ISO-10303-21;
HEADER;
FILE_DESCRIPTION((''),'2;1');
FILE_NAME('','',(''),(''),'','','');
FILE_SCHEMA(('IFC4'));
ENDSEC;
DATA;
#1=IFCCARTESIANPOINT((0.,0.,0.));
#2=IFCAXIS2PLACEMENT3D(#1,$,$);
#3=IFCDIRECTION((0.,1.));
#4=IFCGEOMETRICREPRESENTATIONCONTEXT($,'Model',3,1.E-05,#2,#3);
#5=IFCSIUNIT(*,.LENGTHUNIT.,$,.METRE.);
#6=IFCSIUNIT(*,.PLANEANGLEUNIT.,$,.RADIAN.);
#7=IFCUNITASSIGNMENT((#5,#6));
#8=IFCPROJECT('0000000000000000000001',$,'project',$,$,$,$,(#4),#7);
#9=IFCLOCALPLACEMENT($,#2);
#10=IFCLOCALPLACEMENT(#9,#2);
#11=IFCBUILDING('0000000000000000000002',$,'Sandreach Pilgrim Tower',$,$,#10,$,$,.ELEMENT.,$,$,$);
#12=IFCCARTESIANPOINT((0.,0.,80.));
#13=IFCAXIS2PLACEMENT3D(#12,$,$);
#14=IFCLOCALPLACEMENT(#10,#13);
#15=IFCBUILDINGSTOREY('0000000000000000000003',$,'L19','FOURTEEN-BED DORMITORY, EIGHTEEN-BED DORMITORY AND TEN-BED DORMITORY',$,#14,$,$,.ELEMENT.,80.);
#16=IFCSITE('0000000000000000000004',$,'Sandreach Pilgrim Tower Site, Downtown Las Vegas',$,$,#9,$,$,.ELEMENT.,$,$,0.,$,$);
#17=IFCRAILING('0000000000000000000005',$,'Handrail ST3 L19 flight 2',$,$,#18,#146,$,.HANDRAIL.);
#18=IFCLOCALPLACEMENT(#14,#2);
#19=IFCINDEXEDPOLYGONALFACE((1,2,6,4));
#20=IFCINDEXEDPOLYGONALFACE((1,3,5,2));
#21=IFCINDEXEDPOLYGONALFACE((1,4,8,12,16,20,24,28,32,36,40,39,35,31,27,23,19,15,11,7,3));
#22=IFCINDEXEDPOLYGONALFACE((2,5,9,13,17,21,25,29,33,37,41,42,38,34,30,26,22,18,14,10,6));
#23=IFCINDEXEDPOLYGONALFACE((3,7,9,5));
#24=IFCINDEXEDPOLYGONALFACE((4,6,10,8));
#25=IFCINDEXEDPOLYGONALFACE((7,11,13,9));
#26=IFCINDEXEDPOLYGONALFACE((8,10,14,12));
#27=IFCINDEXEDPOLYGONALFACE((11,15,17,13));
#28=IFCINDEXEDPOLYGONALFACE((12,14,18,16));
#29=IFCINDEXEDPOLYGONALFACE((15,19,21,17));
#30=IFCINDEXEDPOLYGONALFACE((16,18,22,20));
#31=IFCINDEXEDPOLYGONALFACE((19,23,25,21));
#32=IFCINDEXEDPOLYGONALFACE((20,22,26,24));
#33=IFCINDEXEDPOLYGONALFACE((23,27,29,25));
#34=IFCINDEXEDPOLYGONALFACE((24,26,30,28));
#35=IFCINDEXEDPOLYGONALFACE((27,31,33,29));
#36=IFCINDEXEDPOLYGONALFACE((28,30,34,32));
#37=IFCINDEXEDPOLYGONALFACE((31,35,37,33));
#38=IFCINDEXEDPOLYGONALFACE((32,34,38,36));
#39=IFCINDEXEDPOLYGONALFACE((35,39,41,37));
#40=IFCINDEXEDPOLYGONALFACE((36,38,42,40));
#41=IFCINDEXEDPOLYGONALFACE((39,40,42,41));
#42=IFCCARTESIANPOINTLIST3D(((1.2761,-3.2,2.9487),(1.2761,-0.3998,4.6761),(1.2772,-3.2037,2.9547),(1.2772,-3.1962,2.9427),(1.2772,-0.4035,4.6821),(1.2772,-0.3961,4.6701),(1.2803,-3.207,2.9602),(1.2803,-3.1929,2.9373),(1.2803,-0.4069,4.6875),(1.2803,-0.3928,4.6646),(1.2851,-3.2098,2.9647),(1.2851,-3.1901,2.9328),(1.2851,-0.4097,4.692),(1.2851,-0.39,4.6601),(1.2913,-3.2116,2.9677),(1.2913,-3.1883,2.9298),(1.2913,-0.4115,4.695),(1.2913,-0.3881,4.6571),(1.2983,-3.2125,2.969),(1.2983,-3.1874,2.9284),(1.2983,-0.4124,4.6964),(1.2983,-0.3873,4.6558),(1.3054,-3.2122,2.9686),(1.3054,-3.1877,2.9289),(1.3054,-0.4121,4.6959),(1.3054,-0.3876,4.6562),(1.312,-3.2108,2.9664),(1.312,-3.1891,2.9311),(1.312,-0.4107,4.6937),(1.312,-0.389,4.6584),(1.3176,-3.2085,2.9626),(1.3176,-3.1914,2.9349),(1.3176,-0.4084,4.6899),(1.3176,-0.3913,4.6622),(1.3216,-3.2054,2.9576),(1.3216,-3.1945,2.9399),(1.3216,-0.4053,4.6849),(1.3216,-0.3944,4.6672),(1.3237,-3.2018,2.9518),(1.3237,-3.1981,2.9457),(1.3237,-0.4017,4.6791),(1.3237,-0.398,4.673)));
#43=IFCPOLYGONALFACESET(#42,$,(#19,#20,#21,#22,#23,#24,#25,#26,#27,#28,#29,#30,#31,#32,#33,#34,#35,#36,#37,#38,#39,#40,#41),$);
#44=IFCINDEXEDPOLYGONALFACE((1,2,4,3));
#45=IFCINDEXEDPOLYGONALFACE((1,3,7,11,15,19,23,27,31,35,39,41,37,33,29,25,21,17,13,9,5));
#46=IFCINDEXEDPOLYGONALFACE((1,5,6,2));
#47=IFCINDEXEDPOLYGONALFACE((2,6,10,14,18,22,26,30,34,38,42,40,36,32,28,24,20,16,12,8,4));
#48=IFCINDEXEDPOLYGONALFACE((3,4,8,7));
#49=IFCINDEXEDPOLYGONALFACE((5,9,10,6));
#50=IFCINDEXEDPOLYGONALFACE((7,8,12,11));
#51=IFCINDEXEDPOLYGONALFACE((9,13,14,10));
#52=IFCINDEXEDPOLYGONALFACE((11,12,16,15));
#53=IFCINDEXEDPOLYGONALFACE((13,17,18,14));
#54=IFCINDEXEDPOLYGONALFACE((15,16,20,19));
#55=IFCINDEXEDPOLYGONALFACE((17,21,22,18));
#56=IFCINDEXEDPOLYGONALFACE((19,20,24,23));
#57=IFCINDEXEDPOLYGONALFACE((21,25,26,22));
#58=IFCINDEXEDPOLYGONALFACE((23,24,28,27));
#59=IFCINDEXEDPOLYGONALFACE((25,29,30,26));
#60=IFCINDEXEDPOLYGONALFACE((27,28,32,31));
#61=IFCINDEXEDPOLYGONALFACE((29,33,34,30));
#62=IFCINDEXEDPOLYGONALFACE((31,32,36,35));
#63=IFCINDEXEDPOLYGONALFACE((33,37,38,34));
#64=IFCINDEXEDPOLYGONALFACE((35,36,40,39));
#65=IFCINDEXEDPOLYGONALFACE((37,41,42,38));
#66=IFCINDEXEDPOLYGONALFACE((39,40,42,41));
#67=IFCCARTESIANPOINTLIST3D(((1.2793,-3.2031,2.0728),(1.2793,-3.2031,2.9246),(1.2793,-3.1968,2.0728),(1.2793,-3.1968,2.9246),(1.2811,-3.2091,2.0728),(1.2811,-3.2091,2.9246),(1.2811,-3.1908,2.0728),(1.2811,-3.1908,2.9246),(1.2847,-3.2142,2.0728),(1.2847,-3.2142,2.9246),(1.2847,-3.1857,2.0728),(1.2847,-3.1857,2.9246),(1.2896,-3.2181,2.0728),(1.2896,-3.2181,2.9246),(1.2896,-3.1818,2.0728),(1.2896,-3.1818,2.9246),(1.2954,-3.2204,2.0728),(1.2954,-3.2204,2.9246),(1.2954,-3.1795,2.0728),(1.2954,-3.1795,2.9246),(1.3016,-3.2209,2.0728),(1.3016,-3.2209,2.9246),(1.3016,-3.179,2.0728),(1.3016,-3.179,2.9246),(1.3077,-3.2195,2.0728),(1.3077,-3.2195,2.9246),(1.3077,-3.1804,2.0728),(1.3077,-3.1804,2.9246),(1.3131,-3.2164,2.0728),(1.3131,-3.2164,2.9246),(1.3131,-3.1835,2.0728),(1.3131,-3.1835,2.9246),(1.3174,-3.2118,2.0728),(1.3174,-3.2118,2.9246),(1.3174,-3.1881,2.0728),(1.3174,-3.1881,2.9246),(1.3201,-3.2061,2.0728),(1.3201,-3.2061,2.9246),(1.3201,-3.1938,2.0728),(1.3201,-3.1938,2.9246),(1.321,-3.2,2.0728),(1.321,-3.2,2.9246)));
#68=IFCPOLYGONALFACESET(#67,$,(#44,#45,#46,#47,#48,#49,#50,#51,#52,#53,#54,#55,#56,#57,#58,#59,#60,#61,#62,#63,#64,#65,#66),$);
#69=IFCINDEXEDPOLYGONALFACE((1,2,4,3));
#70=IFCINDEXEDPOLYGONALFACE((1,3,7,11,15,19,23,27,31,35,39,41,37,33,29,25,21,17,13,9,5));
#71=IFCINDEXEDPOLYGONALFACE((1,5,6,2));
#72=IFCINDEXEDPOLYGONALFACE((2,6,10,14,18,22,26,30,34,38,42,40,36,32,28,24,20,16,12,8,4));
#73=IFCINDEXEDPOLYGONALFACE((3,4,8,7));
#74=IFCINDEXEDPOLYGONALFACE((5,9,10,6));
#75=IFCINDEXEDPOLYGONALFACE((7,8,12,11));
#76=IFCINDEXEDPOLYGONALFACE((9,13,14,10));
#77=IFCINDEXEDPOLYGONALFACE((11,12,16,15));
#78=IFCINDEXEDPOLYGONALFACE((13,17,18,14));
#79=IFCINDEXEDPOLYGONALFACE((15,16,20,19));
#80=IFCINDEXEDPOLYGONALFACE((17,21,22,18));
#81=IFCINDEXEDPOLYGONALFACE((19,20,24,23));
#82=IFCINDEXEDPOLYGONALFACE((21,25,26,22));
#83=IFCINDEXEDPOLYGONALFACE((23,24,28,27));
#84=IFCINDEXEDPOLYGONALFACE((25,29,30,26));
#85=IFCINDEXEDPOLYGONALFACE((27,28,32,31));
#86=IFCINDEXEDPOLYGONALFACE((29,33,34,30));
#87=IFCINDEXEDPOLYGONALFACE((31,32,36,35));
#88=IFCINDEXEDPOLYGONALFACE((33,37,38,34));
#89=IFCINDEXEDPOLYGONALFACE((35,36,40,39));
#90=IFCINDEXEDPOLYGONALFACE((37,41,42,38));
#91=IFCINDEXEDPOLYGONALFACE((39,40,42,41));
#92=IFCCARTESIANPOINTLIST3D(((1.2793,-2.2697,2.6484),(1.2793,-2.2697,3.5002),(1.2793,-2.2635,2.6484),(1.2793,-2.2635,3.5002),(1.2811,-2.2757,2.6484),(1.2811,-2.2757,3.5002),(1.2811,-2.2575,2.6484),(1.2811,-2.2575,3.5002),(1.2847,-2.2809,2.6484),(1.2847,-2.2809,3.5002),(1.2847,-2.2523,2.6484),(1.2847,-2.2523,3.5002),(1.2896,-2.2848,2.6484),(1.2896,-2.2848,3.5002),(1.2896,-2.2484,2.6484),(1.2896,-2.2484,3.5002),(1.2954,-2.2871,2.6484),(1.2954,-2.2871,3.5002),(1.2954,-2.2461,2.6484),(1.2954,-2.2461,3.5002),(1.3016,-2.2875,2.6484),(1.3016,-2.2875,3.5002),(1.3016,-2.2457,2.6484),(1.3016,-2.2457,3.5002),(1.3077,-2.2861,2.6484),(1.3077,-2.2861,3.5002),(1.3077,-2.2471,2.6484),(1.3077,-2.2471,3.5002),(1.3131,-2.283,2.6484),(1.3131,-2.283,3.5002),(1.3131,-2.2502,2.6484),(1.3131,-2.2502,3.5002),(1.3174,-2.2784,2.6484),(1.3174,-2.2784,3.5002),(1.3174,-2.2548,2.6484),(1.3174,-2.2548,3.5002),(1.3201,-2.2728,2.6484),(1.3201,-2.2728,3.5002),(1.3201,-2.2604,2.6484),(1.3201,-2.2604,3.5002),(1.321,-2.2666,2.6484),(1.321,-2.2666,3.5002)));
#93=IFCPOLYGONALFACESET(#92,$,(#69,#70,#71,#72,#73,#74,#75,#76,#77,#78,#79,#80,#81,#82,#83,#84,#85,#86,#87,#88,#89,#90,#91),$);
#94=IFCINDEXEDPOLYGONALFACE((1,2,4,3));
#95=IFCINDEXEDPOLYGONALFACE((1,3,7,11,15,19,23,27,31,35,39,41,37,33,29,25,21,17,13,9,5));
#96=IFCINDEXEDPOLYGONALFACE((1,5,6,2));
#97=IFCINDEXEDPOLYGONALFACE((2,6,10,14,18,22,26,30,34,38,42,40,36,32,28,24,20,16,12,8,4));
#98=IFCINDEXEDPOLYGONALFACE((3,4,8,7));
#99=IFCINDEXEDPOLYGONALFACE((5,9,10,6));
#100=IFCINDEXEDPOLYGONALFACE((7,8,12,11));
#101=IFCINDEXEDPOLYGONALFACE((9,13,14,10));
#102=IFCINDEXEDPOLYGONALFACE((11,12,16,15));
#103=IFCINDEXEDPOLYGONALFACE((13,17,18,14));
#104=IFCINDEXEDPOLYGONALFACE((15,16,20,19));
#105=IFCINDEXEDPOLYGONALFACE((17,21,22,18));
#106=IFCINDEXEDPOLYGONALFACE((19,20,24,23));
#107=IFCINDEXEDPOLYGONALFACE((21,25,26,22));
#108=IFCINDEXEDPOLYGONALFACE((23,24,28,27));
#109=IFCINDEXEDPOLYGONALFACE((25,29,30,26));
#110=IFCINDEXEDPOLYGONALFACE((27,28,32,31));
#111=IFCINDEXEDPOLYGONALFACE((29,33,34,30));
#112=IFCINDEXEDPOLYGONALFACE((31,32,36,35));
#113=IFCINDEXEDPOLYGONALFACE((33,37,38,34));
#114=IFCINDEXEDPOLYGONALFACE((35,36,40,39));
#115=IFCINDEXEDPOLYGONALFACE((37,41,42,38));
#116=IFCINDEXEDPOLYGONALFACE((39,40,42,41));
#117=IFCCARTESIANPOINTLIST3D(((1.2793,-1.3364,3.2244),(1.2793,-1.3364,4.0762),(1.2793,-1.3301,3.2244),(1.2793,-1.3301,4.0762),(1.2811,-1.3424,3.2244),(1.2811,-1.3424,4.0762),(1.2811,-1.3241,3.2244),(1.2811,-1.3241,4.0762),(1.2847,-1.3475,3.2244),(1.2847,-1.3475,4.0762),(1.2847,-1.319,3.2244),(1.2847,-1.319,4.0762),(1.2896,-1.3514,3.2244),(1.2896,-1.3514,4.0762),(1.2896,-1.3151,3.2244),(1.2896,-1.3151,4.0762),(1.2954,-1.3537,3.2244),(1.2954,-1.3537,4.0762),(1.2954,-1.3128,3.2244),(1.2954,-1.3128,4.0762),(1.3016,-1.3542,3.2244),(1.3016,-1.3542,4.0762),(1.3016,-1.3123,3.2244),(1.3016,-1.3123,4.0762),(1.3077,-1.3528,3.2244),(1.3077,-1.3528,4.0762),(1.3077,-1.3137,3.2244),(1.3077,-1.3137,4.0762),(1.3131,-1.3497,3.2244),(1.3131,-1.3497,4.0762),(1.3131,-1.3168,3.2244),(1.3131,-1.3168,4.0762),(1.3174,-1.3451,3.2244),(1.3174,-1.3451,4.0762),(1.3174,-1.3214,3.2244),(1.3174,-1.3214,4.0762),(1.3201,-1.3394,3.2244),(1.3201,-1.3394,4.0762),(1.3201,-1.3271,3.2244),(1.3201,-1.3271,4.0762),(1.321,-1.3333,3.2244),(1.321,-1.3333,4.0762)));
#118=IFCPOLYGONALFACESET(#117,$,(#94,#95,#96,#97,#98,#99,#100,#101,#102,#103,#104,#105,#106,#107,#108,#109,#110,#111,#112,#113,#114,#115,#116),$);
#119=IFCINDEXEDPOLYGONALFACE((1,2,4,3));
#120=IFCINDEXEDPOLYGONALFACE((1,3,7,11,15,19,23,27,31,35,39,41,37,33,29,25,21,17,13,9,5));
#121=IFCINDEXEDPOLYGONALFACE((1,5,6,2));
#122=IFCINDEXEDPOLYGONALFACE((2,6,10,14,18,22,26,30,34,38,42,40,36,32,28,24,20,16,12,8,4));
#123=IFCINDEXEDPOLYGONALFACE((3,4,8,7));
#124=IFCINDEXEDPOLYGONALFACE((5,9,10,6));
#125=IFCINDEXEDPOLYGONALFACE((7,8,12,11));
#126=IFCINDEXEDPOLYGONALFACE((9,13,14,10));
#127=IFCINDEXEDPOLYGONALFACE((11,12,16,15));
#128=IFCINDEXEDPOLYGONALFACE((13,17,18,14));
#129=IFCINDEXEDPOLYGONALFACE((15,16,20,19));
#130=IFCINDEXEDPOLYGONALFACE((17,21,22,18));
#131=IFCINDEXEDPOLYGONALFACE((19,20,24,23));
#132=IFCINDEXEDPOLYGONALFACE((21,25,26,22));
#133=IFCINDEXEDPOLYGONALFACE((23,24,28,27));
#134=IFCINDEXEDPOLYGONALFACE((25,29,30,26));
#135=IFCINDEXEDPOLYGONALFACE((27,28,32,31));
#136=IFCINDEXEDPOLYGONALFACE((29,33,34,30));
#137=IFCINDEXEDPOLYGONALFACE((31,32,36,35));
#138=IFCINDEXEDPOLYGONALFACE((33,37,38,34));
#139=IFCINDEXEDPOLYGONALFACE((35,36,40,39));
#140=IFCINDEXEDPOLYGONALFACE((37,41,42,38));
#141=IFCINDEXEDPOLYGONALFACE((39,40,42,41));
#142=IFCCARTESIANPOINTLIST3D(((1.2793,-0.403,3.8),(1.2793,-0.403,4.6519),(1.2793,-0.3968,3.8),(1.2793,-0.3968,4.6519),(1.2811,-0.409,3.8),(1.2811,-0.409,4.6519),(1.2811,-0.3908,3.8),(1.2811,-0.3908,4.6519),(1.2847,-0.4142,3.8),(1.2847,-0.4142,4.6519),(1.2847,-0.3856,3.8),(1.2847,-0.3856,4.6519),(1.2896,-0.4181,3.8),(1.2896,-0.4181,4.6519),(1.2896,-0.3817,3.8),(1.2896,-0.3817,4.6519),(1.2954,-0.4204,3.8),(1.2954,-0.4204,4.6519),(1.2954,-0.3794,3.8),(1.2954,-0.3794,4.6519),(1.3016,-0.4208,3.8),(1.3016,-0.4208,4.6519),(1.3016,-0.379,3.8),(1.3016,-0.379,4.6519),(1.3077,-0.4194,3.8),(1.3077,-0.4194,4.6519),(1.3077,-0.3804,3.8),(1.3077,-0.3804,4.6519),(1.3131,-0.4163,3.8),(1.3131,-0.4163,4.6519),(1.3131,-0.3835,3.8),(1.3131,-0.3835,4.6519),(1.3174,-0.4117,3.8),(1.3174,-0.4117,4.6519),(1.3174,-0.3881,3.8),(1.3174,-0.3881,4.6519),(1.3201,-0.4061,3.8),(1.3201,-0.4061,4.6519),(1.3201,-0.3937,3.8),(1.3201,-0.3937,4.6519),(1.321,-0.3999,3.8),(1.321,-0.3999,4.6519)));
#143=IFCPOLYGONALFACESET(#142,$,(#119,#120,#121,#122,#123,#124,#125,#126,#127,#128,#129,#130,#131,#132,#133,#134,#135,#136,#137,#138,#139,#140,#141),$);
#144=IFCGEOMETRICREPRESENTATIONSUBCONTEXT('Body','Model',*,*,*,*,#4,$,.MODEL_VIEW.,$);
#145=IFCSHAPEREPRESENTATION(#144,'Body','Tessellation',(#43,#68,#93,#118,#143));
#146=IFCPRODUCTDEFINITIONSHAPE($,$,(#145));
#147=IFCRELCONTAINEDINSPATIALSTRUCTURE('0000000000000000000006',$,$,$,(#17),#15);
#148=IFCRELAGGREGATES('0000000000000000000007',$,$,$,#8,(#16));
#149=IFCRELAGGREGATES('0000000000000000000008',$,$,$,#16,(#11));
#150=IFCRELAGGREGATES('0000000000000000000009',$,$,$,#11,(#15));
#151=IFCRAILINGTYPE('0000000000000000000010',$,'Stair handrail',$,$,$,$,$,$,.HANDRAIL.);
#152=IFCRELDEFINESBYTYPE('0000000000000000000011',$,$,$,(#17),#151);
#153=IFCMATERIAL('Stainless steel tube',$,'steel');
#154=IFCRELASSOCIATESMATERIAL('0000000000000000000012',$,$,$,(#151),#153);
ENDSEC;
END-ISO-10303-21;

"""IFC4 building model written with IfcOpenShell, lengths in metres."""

from ifc_helpers import new_model, si_unit, direction, frame, origin, origin_2d, place, context, subcontext, project, spatial, circle, extrude, material, type_object, element, save


model = new_model("IFC4")

# Units and contexts
model_context = context("Model", 3, precision=1e-05, world=origin(), true_north=direction((0.0, 1.0)))
body_context = subcontext(model_context, "Body", "Model", "MODEL_VIEW")
ifc_project = project(units=[si_unit("LENGTHUNIT", "METRE"), si_unit("PLANEANGLEUNIT", "RADIAN")], contexts=[model_context])

# Site, building, storey
site_placement = place(None, origin())
site = spatial("IfcSite", under=ifc_project, at=site_placement, Name="Sandreach Pilgrim Tower Site, Downtown Las Vegas", CompositionType="ELEMENT", RefElevation=0.0)
building_placement = place(site_placement, origin())
building = spatial("IfcBuilding", under=site, at=building_placement, Name="Sandreach Pilgrim Tower", CompositionType="ELEMENT")
storey_placement = place(building_placement, frame((0.0, 0.0, 80.0)))
storey = spatial("IfcBuildingStorey", under=building, at=storey_placement, Name="L19", Description="FOURTEEN-BED DORMITORY, EIGHTEEN-BED DORMITORY AND TEN-BED DORMITORY", CompositionType="ELEMENT", Elevation=80.0)

# Railing
ifc_material_1 = material(Name="Stainless steel tube", Category="steel")
railing_type = type_object("IfcRailingType", Name="Stair handrail", PredefinedType="HANDRAIL", material=ifc_material_1)
for number, where, name in (
    (1, (1.3, -3.2, 2.0728), "Handrail ST3 L19 flight 2"),
):
    element("IfcRailing", number, at=place(storey_placement, frame(where)), inside=storey, type_object=railing_type, Name=name, PredefinedType="HANDRAIL", context=body_context, shape_type="SweptSolid", body=[
        extrude(circle(Radius=0.0239, at=origin_2d()), frame((0.0, 0.0, 0.876), z_axis=(0.0, 0.85109, 0.52502), x_axis=(-1.0, 0.0, 0.0)), (0.0, 0.0, 1.0), 3.29),
        extrude(circle(Radius=0.021, at=origin_2d()), origin(), (0.0, 0.0, 1.0), 0.8518),
        extrude(circle(Radius=0.021, at=origin_2d()), frame((0.0, 0.9333, 0.5757)), (0.0, 0.0, 1.0), 0.8518),
        extrude(circle(Radius=0.021, at=origin_2d()), frame((0.0, 1.8667, 1.1516)), (0.0, 0.0, 1.0), 0.8518),
        extrude(circle(Radius=0.021, at=origin_2d()), frame((0.0, 2.8, 1.7273)), (0.0, 0.0, 1.0), 0.8518),
    ])

save(model, "model.ifc")
